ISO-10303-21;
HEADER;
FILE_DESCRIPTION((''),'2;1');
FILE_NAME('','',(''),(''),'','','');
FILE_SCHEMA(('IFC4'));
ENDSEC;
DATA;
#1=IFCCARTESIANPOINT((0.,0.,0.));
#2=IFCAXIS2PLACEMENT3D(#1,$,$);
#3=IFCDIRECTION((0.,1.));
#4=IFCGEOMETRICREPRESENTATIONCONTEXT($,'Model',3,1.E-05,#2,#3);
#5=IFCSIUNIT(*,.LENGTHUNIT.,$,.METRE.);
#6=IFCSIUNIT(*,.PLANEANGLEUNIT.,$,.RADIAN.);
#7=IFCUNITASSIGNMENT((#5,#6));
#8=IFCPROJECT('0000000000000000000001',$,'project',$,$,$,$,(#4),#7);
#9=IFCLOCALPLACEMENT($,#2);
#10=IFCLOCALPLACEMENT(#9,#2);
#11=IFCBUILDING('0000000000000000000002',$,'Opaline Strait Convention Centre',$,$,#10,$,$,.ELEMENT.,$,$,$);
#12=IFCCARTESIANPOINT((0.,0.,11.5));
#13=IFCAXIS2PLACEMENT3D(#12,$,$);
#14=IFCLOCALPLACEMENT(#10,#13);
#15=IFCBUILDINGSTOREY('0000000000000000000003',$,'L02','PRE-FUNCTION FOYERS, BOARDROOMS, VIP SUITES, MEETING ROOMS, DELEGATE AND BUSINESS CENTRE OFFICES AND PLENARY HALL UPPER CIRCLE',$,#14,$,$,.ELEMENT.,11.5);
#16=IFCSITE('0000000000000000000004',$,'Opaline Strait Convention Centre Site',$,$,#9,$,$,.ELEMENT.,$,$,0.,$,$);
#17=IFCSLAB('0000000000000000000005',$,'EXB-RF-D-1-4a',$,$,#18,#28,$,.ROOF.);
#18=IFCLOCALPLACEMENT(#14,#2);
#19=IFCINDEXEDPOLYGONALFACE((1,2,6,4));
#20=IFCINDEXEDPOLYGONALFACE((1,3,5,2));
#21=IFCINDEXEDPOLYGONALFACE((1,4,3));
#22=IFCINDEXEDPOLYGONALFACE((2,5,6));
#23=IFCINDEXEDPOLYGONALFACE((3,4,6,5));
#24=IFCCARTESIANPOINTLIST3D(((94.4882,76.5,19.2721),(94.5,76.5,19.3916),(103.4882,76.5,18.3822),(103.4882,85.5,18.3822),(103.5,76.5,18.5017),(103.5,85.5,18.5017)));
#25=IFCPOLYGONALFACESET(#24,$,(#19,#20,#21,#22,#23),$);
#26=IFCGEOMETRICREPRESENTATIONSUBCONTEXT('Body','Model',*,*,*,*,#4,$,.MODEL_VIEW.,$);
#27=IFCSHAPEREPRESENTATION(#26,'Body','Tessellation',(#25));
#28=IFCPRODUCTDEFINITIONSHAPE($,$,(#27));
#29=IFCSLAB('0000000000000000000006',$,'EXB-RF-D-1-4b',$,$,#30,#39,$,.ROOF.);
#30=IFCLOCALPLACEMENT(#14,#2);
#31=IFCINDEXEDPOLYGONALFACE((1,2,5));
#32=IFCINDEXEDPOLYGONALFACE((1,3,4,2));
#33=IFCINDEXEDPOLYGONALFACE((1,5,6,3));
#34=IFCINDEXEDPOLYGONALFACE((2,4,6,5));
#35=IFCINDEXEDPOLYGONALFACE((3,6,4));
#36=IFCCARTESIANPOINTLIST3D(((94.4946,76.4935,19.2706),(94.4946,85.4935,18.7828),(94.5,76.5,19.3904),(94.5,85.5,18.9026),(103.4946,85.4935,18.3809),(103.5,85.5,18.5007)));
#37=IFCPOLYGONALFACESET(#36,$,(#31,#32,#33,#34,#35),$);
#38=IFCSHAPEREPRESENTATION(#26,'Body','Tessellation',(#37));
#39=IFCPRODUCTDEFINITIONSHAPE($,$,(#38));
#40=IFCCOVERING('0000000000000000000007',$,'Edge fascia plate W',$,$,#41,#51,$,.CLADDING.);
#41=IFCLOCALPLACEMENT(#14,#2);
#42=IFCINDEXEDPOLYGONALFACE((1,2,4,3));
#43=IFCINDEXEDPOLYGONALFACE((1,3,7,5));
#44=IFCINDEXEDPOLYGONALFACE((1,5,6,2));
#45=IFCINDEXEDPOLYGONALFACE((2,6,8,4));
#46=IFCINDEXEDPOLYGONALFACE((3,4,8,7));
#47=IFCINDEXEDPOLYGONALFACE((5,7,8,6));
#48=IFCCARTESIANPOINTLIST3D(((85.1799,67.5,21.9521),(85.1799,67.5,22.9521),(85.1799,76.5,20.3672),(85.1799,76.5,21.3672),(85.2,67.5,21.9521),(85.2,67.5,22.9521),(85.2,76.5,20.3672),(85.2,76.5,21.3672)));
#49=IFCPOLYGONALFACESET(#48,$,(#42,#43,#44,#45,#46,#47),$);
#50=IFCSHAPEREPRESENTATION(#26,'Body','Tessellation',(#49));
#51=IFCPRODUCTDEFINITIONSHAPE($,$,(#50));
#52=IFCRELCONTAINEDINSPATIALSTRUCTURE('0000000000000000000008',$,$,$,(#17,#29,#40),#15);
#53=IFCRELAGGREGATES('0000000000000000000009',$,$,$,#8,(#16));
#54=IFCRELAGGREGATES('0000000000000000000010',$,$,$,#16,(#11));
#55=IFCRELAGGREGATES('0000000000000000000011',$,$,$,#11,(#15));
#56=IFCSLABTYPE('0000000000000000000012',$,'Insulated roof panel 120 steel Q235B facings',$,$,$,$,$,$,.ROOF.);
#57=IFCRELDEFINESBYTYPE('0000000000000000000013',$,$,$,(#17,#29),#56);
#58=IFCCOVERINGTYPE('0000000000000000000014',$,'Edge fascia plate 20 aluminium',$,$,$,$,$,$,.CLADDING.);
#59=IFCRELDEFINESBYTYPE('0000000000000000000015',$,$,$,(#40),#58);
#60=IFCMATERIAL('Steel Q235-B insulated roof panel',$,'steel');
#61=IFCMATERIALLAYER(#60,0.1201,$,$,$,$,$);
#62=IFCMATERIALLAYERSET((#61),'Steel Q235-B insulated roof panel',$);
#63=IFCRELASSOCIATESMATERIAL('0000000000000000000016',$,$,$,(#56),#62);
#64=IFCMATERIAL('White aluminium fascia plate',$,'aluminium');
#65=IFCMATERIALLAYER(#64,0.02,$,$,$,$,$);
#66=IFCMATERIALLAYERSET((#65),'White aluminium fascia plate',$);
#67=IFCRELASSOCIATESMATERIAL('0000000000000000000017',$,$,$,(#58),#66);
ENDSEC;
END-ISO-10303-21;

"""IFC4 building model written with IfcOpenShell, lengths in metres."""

from ifc_helpers import new_model, si_unit, direction, frame, origin, place, context, subcontext, project, spatial, polyline, outline, extrude, material, layer, layer_set, type_object, element, save


model = new_model("IFC4")

# Units and contexts
model_context = context("Model", 3, precision=1e-05, world=origin(), true_north=direction((0.0, 1.0)))
body_context = subcontext(model_context, "Body", "Model", "MODEL_VIEW")
ifc_project = project(units=[si_unit("LENGTHUNIT", "METRE"), si_unit("PLANEANGLEUNIT", "RADIAN")], contexts=[model_context])

# Site, building, storey
site_placement = place(None, origin())
site = spatial("IfcSite", under=ifc_project, at=site_placement, Name="Opaline Strait Convention Centre Site", CompositionType="ELEMENT", RefElevation=0.0)
building_placement = place(site_placement, origin())
building = spatial("IfcBuilding", under=site, at=building_placement, Name="Opaline Strait Convention Centre", CompositionType="ELEMENT")
storey_placement = place(building_placement, frame((0.0, 0.0, 11.5)))
storey = spatial("IfcBuildingStorey", under=building, at=storey_placement, Name="L02", Description="PRE-FUNCTION FOYERS, BOARDROOMS, VIP SUITES, MEETING ROOMS, DELEGATE AND BUSINESS CENTRE OFFICES AND PLENARY HALL UPPER CIRCLE", CompositionType="ELEMENT", Elevation=11.5)

# Slabs
ifc_material_1 = material(Name="Steel Q235-B insulated roof panel", Category="steel")
ifc_layer_1 = layer(ifc_material_1, 0.1201)
ifc_layer_set_1 = layer_set([ifc_layer_1], Name="Steel Q235-B insulated roof panel")
slab_type = type_object("IfcSlabType", Name="Insulated roof panel 120 steel Q235B facings", PredefinedType="ROOF", material=ifc_layer_set_1)
slab_1_placement = place(storey_placement, frame((94.5, 76.5, 19.3916), z_axis=(0.098397, 0.0, 0.995147), x_axis=(0.995147, 0.0, -0.098397)))
element("IfcSlab", 1, at=slab_1_placement, inside=storey, type_object=slab_type, Name="EXB-RF-D-1-4a", PredefinedType="ROOF", context=body_context, shape_type="SweptSolid", body=[
    extrude(outline(polyline([(0.0, 0.0), (9.0439, 0.0), (9.0439, 9.0), (0.0, 0.0)])), origin(), (0.0, 0.0, -1.0), 0.1201),
])
slab_2_placement = place(storey_placement, frame((94.5, 76.5, 19.3904), z_axis=(0.044541, 0.054066, 0.997543), x_axis=(0.705386, 0.705386, -0.069727)))
element("IfcSlab", 2, at=slab_2_placement, inside=storey, type_object=slab_type, Name="EXB-RF-D-1-4b", PredefinedType="ROOF", context=body_context, shape_type="SweptSolid", body=[
    extrude(outline(polyline([(0.0, 0.0), (12.759, 0.0), (6.3825, 6.3641), (0.0, 0.0)])), origin(), (0.0, 0.0, -1.0), 0.1201),
])

# Covering
ifc_material_2 = material(Name="White aluminium fascia plate", Category="aluminium")
ifc_layer_2 = layer(ifc_material_2, 0.02)
ifc_layer_set_2 = layer_set([ifc_layer_2], Name="White aluminium fascia plate")
covering_type = type_object("IfcCoveringType", Name="Edge fascia plate 20 aluminium", PredefinedType="CLADDING", material=ifc_layer_set_2)
covering_placement = place(storey_placement, frame((85.2, 72.0, 21.6597), z_axis=(-1.0, 0.0, 0.0), x_axis=(0.0, -1.0, 0.0)))
element("IfcCovering", 3, at=covering_placement, inside=storey, type_object=covering_type, Name="Edge fascia plate W", PredefinedType="CLADDING", context=body_context, shape_type="SweptSolid", body=[
    extrude(outline(polyline([(-4.5, -0.2925), (4.5, 1.2925), (4.5, 0.2925), (-4.5, -1.2925), (-4.5, -0.2925)])), origin(), (0.0, 0.0, 1.0), 0.02),
])

save(model, "model.ifc")
